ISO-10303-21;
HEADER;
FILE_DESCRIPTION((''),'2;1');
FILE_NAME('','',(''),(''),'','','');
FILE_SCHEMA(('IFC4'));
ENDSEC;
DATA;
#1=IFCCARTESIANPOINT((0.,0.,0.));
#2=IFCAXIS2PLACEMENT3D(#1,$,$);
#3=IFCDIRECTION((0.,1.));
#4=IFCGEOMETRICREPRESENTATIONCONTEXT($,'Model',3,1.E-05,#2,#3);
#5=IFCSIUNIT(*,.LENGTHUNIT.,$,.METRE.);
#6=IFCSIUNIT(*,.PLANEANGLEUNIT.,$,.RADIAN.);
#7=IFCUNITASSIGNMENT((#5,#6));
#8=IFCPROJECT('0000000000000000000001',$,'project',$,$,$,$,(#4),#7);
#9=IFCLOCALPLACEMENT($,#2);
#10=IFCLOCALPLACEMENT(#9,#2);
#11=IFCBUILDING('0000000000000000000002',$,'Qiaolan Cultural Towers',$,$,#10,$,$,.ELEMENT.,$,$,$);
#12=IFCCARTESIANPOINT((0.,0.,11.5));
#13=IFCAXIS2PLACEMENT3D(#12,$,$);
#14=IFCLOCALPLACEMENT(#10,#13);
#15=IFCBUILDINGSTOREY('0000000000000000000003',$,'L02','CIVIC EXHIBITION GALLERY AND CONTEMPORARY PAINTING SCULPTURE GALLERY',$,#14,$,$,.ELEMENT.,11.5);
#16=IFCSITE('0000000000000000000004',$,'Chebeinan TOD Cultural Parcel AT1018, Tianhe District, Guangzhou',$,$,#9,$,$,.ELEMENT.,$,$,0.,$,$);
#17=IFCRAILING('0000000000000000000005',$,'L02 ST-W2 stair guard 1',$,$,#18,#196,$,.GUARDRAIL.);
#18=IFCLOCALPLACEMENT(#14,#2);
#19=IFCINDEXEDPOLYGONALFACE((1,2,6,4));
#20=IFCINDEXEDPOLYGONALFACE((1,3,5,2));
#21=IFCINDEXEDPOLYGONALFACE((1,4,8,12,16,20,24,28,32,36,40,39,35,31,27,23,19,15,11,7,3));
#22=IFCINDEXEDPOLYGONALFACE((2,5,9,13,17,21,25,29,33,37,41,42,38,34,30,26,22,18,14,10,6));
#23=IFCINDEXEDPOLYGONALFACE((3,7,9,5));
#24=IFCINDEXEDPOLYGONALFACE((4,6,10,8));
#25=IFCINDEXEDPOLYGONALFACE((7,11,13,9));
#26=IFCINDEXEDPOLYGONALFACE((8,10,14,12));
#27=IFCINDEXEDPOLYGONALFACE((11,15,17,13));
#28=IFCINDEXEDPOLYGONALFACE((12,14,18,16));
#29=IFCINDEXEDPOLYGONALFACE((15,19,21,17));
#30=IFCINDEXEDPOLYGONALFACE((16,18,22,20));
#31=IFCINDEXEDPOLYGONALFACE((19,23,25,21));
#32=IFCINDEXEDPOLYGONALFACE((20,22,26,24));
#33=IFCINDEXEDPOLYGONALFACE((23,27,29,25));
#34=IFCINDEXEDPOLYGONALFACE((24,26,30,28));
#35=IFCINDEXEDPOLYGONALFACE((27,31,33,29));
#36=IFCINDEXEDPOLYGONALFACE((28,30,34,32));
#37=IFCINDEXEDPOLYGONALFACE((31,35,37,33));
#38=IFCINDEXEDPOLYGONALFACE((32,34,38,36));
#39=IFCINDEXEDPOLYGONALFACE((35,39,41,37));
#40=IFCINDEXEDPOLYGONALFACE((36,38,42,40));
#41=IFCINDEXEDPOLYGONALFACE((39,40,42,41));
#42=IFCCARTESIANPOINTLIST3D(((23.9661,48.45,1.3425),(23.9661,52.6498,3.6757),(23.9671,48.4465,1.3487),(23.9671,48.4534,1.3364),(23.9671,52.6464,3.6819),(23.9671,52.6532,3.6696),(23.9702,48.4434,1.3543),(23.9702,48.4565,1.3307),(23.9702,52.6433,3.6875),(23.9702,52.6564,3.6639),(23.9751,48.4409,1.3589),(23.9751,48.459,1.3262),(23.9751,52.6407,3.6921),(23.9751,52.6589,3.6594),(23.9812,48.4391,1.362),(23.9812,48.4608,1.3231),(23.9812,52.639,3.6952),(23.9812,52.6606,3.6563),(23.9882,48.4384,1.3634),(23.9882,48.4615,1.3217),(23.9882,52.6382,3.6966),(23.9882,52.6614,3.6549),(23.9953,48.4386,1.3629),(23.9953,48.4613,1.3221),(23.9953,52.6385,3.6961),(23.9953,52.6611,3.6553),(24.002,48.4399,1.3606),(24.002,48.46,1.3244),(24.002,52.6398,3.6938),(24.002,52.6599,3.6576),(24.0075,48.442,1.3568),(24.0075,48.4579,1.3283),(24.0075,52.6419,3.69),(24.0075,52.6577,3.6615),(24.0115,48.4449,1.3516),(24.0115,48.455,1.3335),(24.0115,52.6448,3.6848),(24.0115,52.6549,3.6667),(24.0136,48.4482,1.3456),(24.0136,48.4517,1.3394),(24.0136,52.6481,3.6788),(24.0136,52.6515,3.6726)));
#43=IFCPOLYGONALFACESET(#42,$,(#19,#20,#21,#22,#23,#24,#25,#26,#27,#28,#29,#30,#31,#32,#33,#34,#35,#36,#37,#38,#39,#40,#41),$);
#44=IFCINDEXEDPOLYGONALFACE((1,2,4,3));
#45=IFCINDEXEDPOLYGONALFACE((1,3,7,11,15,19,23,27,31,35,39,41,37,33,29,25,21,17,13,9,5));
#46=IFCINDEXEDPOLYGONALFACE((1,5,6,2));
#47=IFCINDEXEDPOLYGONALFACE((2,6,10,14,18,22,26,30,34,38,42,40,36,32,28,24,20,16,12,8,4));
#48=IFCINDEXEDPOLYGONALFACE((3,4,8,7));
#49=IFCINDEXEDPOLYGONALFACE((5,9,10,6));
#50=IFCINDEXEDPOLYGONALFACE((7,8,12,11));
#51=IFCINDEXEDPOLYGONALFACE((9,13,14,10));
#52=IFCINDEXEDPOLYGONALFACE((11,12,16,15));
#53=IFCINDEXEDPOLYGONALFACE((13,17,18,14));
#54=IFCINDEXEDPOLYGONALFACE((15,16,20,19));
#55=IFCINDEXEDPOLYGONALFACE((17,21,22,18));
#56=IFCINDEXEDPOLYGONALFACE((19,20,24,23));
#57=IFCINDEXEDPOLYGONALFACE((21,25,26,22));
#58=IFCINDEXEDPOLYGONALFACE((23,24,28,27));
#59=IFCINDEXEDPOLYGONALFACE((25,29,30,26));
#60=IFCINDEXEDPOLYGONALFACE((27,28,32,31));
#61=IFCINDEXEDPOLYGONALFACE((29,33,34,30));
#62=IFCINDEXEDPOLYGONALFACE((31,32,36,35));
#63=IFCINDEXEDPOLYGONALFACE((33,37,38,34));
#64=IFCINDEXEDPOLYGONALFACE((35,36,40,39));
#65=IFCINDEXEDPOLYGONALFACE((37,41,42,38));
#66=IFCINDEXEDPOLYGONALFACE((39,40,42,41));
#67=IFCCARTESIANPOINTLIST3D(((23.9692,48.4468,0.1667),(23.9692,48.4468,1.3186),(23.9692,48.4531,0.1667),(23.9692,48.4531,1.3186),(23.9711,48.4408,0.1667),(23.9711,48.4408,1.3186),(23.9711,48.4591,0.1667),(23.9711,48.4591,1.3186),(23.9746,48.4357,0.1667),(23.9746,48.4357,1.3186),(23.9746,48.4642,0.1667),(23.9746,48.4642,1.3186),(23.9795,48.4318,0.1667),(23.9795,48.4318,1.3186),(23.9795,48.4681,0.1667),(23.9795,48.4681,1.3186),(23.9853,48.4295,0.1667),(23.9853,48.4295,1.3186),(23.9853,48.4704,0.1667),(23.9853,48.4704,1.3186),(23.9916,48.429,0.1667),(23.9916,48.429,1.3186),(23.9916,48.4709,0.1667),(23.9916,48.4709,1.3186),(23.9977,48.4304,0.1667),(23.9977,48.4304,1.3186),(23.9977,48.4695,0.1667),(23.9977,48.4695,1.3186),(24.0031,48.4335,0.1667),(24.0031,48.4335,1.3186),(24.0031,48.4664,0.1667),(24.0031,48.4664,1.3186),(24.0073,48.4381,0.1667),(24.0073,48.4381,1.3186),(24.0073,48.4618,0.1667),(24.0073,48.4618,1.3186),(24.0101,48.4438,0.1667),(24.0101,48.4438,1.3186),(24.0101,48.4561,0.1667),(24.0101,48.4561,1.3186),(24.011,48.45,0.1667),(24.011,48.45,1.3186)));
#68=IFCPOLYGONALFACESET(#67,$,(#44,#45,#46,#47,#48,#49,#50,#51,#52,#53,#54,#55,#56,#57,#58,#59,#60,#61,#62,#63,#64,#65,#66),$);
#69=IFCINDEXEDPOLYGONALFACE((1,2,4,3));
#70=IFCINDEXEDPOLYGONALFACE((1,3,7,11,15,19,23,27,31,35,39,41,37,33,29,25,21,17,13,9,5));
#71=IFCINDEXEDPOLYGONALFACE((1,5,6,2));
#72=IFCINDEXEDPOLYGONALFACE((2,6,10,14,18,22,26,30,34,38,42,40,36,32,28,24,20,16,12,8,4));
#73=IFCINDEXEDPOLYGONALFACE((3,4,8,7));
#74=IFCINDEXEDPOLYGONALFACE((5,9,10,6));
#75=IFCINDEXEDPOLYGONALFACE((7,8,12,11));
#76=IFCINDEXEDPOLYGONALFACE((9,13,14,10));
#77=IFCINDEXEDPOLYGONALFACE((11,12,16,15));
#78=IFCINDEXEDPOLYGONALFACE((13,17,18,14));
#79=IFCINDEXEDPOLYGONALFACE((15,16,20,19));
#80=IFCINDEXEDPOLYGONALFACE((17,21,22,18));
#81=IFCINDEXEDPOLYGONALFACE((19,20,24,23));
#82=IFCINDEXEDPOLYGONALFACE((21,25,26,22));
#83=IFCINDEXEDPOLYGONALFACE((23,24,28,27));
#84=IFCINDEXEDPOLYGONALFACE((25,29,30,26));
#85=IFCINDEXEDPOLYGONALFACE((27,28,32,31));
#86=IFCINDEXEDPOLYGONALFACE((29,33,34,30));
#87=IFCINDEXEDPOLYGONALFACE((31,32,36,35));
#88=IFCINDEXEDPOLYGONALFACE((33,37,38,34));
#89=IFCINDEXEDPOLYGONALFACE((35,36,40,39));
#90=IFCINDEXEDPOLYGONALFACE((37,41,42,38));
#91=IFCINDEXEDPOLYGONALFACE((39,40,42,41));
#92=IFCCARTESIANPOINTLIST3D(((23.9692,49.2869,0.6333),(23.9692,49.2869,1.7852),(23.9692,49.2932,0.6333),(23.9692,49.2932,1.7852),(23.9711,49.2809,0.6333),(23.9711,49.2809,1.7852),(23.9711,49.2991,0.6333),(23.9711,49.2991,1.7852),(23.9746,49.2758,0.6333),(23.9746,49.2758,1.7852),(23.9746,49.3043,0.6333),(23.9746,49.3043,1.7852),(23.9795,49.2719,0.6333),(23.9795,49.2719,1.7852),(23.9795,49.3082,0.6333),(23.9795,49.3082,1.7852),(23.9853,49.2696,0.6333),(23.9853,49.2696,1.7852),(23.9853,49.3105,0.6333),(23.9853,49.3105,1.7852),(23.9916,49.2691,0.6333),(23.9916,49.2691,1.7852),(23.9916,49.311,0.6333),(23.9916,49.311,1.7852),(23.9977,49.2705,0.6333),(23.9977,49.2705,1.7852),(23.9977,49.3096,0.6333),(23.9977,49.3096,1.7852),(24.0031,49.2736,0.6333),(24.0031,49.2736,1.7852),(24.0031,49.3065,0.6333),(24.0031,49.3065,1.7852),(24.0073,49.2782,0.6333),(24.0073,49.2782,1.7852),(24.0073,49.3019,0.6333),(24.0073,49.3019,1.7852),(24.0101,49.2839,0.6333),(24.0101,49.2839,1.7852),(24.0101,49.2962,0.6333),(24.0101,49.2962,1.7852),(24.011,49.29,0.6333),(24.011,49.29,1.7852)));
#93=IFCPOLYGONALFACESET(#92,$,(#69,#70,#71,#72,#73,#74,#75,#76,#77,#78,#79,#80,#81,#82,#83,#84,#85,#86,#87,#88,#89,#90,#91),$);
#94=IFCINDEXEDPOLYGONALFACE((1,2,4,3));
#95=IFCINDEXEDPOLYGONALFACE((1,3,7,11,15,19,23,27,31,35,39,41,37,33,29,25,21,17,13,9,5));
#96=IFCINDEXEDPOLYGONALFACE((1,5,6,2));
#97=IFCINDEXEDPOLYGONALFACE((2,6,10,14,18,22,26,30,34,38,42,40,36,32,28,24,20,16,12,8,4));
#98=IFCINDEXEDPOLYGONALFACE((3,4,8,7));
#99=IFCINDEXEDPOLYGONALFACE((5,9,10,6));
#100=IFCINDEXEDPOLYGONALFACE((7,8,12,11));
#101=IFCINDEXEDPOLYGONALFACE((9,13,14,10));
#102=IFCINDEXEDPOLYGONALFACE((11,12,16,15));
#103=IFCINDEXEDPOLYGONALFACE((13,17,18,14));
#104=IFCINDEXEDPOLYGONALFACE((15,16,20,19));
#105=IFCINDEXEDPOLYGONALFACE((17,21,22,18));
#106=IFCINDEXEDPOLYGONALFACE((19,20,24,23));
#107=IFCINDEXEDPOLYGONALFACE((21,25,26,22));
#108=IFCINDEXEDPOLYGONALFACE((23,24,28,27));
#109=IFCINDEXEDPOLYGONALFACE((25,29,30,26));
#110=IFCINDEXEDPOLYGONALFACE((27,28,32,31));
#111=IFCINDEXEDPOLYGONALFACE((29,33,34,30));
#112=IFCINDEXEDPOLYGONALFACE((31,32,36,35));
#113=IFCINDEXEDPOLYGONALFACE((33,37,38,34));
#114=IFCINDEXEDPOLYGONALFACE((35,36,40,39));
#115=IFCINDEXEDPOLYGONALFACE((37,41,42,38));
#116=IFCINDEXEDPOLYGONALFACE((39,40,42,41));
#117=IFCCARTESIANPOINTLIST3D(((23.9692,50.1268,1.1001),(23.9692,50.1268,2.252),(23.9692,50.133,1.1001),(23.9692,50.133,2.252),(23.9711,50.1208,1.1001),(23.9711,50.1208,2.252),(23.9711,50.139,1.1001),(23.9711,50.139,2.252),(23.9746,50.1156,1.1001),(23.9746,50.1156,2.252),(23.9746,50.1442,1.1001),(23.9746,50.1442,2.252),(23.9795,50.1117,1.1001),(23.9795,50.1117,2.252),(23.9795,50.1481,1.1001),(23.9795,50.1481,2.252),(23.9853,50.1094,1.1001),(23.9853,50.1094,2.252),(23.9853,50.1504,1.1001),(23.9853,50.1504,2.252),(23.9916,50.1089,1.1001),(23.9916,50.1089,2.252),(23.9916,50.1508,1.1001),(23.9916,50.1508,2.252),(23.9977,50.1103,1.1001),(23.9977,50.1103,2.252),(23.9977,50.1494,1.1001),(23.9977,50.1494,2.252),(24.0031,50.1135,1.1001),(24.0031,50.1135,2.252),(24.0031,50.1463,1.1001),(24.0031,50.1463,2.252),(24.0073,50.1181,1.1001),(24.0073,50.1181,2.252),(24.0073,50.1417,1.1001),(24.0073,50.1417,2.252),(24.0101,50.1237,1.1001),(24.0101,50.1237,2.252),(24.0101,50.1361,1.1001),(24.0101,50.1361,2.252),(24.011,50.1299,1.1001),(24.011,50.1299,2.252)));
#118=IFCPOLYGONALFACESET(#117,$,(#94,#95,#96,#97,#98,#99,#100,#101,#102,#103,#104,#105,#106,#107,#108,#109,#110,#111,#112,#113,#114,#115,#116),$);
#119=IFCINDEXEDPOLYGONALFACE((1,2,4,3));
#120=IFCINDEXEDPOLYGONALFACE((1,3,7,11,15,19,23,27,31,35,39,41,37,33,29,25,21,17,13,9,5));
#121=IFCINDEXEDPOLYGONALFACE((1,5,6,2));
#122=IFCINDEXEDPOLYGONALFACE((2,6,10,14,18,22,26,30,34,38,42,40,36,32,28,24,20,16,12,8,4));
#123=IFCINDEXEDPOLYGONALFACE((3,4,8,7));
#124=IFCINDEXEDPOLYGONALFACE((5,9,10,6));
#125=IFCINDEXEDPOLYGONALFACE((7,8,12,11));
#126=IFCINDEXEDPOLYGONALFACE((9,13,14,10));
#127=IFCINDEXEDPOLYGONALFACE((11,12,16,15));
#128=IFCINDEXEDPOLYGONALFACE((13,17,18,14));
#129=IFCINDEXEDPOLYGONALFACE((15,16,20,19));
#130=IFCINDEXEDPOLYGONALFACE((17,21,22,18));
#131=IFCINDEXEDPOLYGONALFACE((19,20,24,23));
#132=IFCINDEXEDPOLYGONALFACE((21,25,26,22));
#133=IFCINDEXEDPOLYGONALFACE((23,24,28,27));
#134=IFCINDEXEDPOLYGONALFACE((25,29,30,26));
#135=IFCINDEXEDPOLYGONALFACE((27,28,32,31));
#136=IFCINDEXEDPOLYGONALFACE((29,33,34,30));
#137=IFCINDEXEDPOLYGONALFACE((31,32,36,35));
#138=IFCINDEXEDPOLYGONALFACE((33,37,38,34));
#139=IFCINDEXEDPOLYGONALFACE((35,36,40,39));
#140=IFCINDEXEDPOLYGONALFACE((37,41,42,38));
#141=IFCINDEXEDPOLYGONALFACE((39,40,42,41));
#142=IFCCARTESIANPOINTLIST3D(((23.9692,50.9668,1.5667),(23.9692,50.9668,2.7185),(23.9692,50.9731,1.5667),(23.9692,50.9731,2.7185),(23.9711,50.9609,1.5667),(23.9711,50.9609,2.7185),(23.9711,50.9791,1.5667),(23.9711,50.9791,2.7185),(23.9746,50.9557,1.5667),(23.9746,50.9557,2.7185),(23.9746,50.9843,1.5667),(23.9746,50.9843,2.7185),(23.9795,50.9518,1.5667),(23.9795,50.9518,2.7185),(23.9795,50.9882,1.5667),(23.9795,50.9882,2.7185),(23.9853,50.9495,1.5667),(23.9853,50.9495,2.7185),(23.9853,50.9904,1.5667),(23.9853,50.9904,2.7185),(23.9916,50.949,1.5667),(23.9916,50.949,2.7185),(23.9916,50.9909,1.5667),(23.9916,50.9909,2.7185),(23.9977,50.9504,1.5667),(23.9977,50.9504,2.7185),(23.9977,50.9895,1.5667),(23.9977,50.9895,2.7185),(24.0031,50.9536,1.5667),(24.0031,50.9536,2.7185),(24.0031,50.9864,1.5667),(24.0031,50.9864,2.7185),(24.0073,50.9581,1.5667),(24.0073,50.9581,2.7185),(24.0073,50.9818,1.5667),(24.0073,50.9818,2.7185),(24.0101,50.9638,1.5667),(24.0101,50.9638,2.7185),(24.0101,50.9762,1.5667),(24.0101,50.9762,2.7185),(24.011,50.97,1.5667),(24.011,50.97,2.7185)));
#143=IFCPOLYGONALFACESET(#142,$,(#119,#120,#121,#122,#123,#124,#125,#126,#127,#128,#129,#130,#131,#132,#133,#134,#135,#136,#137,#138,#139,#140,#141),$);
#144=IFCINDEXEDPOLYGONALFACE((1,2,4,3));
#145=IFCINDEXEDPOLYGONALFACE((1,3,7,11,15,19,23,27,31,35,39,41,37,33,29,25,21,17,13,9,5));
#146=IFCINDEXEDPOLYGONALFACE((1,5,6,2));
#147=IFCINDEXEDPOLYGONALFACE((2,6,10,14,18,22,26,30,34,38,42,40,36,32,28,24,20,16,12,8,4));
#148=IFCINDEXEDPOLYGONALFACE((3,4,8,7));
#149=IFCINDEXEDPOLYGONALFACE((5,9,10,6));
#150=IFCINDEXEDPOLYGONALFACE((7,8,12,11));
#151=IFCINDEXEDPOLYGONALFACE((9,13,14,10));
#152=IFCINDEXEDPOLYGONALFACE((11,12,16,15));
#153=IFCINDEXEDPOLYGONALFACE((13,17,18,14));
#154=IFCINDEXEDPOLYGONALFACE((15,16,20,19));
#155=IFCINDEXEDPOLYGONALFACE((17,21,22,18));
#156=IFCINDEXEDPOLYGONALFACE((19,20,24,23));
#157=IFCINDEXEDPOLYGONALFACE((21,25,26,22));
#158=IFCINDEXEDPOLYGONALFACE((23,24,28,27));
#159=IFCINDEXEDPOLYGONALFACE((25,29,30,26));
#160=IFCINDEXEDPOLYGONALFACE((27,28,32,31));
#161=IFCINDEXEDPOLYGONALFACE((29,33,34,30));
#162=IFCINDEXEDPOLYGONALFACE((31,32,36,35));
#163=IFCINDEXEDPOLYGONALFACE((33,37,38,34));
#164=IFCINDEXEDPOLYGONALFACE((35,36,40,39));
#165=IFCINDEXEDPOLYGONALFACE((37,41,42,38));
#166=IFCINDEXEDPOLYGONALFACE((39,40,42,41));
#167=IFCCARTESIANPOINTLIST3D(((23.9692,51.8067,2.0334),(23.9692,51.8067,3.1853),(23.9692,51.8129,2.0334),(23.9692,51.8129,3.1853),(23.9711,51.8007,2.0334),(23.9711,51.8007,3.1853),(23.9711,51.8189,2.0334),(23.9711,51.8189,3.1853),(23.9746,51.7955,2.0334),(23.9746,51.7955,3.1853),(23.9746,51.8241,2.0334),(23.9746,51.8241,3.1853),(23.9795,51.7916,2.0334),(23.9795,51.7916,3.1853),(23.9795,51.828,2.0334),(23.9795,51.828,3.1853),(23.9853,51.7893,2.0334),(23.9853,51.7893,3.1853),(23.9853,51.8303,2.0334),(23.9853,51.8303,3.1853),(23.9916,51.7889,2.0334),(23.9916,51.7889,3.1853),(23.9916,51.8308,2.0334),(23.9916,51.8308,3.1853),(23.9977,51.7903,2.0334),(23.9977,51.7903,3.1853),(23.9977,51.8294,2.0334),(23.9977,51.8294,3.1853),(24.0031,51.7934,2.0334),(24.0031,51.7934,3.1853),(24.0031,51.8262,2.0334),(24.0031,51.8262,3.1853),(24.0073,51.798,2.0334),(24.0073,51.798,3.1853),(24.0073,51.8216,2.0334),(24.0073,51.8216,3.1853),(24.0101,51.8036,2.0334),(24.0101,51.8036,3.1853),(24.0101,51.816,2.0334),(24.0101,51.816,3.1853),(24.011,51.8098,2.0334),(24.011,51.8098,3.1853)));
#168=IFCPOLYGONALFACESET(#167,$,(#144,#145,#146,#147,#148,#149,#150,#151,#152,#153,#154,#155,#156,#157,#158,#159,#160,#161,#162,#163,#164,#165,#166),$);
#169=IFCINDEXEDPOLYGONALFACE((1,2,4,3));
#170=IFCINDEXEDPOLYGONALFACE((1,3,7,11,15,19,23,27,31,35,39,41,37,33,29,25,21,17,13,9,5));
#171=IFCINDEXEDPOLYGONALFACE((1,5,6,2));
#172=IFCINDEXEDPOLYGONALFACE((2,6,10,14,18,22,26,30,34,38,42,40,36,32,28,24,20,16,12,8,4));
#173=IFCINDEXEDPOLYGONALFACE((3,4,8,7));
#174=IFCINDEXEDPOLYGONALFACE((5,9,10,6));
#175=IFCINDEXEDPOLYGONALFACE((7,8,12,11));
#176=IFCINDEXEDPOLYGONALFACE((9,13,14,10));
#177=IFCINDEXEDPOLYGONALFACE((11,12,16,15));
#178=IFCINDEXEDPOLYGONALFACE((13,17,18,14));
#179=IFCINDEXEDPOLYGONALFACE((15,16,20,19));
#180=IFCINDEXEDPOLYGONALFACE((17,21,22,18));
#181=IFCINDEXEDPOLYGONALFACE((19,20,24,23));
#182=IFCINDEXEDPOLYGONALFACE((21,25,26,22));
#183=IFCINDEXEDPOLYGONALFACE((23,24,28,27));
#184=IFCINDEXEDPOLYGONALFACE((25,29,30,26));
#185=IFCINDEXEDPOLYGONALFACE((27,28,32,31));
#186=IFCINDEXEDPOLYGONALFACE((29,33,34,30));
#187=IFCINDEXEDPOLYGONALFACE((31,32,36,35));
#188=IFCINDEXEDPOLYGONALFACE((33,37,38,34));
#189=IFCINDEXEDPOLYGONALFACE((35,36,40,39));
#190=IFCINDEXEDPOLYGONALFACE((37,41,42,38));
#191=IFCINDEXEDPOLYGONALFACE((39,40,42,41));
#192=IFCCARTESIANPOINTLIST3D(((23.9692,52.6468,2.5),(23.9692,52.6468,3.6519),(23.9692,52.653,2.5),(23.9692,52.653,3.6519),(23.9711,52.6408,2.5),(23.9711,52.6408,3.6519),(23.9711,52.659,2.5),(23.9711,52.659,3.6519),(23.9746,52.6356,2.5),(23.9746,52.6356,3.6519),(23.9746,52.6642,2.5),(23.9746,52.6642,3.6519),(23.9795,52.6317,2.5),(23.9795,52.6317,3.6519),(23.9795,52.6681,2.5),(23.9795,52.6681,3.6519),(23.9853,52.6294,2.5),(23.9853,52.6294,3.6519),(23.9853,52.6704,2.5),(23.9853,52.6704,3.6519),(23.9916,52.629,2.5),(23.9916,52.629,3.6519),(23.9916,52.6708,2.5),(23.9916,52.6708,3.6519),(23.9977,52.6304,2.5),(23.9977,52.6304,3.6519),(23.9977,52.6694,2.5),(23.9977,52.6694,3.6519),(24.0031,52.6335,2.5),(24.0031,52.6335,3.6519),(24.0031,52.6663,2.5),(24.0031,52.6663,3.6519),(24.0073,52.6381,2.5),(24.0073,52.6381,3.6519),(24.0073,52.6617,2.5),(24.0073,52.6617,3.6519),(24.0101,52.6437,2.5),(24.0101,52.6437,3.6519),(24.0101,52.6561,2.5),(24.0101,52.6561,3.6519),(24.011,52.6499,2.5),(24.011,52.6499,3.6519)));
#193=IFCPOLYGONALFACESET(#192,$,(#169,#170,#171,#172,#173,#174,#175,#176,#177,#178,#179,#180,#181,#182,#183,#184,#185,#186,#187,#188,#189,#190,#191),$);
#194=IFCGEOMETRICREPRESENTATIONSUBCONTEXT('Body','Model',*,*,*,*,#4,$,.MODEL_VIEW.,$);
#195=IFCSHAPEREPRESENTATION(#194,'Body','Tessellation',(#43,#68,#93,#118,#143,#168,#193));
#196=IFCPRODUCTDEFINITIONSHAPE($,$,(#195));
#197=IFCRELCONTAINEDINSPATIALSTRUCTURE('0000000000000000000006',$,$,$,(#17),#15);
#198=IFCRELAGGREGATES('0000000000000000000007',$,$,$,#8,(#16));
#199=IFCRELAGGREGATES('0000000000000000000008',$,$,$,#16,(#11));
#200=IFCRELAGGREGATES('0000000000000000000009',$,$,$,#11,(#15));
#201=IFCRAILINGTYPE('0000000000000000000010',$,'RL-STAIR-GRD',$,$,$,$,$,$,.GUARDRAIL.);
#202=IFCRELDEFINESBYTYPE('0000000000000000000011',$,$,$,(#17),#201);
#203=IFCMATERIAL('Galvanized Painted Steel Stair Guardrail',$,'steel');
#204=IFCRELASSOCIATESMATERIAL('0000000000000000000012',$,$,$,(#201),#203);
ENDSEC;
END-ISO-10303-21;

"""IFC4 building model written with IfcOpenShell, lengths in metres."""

from ifc_helpers import new_model, si_unit, direction, frame, origin, origin_2d, place, context, subcontext, project, spatial, circle, extrude, material, type_object, element, save


model = new_model("IFC4")

# Units and contexts
model_context = context("Model", 3, precision=1e-05, world=origin(), true_north=direction((0.0, 1.0)))
body_context = subcontext(model_context, "Body", "Model", "MODEL_VIEW")
ifc_project = project(units=[si_unit("LENGTHUNIT", "METRE"), si_unit("PLANEANGLEUNIT", "RADIAN")], contexts=[model_context])

# Site, building, storey
site_placement = place(None, origin())
site = spatial("IfcSite", under=ifc_project, at=site_placement, Name="Chebeinan TOD Cultural Parcel AT1018, Tianhe District, Guangzhou", CompositionType="ELEMENT", RefElevation=0.0)
building_placement = place(site_placement, origin())
building = spatial("IfcBuilding", under=site, at=building_placement, Name="Qiaolan Cultural Towers", CompositionType="ELEMENT")
storey_placement = place(building_placement, frame((0.0, 0.0, 11.5)))
storey = spatial("IfcBuildingStorey", under=building, at=storey_placement, Name="L02", Description="CIVIC EXHIBITION GALLERY AND CONTEMPORARY PAINTING SCULPTURE GALLERY", CompositionType="ELEMENT", Elevation=11.5)

# Railing
ifc_material_1 = material(Name="Galvanized Painted Steel Stair Guardrail", Category="steel")
railing_type_1 = type_object("IfcRailingType", Name="RL-STAIR-GRD", PredefinedType="GUARDRAIL", material=ifc_material_1)
railing_1_placement = place(storey_placement, frame((23.99, 48.45, 0.1667)))
element("IfcRailing", 1, at=railing_1_placement, inside=storey, type_object=railing_type_1, Name="L02 ST-W2 stair guard 1", PredefinedType="GUARDRAIL", context=body_context, shape_type="SweptSolid", body=[
    extrude(circle(Radius=0.0239, at=origin_2d()), frame((0.0, 0.0, 1.1758), z_axis=(0.0, 0.874162, 0.485634), x_axis=(-1.0, 0.0, 0.0)), (0.0, 0.0, 1.0), 4.8044),
    extrude(circle(Radius=0.021, at=origin_2d()), origin(), (0.0, 0.0, 1.0), 1.1519),
    extrude(circle(Radius=0.021, at=origin_2d()), frame((0.0, 0.8401, 0.4666)), (0.0, 0.0, 1.0), 1.1519),
    extrude(circle(Radius=0.021, at=origin_2d()), frame((0.0, 1.6799, 0.9333)), (0.0, 0.0, 1.0), 1.1519),
    extrude(circle(Radius=0.021, at=origin_2d()), frame((0.0, 2.52, 1.3999)), (0.0, 0.0, 1.0), 1.1519),
    extrude(circle(Radius=0.021, at=origin_2d()), frame((0.0, 3.3599, 1.8667)), (0.0, 0.0, 1.0), 1.1519),
    extrude(circle(Radius=0.021, at=origin_2d()), frame((0.0, 4.2, 2.3333)), (0.0, 0.0, 1.0), 1.1519),
])

save(model, "model.ifc")
